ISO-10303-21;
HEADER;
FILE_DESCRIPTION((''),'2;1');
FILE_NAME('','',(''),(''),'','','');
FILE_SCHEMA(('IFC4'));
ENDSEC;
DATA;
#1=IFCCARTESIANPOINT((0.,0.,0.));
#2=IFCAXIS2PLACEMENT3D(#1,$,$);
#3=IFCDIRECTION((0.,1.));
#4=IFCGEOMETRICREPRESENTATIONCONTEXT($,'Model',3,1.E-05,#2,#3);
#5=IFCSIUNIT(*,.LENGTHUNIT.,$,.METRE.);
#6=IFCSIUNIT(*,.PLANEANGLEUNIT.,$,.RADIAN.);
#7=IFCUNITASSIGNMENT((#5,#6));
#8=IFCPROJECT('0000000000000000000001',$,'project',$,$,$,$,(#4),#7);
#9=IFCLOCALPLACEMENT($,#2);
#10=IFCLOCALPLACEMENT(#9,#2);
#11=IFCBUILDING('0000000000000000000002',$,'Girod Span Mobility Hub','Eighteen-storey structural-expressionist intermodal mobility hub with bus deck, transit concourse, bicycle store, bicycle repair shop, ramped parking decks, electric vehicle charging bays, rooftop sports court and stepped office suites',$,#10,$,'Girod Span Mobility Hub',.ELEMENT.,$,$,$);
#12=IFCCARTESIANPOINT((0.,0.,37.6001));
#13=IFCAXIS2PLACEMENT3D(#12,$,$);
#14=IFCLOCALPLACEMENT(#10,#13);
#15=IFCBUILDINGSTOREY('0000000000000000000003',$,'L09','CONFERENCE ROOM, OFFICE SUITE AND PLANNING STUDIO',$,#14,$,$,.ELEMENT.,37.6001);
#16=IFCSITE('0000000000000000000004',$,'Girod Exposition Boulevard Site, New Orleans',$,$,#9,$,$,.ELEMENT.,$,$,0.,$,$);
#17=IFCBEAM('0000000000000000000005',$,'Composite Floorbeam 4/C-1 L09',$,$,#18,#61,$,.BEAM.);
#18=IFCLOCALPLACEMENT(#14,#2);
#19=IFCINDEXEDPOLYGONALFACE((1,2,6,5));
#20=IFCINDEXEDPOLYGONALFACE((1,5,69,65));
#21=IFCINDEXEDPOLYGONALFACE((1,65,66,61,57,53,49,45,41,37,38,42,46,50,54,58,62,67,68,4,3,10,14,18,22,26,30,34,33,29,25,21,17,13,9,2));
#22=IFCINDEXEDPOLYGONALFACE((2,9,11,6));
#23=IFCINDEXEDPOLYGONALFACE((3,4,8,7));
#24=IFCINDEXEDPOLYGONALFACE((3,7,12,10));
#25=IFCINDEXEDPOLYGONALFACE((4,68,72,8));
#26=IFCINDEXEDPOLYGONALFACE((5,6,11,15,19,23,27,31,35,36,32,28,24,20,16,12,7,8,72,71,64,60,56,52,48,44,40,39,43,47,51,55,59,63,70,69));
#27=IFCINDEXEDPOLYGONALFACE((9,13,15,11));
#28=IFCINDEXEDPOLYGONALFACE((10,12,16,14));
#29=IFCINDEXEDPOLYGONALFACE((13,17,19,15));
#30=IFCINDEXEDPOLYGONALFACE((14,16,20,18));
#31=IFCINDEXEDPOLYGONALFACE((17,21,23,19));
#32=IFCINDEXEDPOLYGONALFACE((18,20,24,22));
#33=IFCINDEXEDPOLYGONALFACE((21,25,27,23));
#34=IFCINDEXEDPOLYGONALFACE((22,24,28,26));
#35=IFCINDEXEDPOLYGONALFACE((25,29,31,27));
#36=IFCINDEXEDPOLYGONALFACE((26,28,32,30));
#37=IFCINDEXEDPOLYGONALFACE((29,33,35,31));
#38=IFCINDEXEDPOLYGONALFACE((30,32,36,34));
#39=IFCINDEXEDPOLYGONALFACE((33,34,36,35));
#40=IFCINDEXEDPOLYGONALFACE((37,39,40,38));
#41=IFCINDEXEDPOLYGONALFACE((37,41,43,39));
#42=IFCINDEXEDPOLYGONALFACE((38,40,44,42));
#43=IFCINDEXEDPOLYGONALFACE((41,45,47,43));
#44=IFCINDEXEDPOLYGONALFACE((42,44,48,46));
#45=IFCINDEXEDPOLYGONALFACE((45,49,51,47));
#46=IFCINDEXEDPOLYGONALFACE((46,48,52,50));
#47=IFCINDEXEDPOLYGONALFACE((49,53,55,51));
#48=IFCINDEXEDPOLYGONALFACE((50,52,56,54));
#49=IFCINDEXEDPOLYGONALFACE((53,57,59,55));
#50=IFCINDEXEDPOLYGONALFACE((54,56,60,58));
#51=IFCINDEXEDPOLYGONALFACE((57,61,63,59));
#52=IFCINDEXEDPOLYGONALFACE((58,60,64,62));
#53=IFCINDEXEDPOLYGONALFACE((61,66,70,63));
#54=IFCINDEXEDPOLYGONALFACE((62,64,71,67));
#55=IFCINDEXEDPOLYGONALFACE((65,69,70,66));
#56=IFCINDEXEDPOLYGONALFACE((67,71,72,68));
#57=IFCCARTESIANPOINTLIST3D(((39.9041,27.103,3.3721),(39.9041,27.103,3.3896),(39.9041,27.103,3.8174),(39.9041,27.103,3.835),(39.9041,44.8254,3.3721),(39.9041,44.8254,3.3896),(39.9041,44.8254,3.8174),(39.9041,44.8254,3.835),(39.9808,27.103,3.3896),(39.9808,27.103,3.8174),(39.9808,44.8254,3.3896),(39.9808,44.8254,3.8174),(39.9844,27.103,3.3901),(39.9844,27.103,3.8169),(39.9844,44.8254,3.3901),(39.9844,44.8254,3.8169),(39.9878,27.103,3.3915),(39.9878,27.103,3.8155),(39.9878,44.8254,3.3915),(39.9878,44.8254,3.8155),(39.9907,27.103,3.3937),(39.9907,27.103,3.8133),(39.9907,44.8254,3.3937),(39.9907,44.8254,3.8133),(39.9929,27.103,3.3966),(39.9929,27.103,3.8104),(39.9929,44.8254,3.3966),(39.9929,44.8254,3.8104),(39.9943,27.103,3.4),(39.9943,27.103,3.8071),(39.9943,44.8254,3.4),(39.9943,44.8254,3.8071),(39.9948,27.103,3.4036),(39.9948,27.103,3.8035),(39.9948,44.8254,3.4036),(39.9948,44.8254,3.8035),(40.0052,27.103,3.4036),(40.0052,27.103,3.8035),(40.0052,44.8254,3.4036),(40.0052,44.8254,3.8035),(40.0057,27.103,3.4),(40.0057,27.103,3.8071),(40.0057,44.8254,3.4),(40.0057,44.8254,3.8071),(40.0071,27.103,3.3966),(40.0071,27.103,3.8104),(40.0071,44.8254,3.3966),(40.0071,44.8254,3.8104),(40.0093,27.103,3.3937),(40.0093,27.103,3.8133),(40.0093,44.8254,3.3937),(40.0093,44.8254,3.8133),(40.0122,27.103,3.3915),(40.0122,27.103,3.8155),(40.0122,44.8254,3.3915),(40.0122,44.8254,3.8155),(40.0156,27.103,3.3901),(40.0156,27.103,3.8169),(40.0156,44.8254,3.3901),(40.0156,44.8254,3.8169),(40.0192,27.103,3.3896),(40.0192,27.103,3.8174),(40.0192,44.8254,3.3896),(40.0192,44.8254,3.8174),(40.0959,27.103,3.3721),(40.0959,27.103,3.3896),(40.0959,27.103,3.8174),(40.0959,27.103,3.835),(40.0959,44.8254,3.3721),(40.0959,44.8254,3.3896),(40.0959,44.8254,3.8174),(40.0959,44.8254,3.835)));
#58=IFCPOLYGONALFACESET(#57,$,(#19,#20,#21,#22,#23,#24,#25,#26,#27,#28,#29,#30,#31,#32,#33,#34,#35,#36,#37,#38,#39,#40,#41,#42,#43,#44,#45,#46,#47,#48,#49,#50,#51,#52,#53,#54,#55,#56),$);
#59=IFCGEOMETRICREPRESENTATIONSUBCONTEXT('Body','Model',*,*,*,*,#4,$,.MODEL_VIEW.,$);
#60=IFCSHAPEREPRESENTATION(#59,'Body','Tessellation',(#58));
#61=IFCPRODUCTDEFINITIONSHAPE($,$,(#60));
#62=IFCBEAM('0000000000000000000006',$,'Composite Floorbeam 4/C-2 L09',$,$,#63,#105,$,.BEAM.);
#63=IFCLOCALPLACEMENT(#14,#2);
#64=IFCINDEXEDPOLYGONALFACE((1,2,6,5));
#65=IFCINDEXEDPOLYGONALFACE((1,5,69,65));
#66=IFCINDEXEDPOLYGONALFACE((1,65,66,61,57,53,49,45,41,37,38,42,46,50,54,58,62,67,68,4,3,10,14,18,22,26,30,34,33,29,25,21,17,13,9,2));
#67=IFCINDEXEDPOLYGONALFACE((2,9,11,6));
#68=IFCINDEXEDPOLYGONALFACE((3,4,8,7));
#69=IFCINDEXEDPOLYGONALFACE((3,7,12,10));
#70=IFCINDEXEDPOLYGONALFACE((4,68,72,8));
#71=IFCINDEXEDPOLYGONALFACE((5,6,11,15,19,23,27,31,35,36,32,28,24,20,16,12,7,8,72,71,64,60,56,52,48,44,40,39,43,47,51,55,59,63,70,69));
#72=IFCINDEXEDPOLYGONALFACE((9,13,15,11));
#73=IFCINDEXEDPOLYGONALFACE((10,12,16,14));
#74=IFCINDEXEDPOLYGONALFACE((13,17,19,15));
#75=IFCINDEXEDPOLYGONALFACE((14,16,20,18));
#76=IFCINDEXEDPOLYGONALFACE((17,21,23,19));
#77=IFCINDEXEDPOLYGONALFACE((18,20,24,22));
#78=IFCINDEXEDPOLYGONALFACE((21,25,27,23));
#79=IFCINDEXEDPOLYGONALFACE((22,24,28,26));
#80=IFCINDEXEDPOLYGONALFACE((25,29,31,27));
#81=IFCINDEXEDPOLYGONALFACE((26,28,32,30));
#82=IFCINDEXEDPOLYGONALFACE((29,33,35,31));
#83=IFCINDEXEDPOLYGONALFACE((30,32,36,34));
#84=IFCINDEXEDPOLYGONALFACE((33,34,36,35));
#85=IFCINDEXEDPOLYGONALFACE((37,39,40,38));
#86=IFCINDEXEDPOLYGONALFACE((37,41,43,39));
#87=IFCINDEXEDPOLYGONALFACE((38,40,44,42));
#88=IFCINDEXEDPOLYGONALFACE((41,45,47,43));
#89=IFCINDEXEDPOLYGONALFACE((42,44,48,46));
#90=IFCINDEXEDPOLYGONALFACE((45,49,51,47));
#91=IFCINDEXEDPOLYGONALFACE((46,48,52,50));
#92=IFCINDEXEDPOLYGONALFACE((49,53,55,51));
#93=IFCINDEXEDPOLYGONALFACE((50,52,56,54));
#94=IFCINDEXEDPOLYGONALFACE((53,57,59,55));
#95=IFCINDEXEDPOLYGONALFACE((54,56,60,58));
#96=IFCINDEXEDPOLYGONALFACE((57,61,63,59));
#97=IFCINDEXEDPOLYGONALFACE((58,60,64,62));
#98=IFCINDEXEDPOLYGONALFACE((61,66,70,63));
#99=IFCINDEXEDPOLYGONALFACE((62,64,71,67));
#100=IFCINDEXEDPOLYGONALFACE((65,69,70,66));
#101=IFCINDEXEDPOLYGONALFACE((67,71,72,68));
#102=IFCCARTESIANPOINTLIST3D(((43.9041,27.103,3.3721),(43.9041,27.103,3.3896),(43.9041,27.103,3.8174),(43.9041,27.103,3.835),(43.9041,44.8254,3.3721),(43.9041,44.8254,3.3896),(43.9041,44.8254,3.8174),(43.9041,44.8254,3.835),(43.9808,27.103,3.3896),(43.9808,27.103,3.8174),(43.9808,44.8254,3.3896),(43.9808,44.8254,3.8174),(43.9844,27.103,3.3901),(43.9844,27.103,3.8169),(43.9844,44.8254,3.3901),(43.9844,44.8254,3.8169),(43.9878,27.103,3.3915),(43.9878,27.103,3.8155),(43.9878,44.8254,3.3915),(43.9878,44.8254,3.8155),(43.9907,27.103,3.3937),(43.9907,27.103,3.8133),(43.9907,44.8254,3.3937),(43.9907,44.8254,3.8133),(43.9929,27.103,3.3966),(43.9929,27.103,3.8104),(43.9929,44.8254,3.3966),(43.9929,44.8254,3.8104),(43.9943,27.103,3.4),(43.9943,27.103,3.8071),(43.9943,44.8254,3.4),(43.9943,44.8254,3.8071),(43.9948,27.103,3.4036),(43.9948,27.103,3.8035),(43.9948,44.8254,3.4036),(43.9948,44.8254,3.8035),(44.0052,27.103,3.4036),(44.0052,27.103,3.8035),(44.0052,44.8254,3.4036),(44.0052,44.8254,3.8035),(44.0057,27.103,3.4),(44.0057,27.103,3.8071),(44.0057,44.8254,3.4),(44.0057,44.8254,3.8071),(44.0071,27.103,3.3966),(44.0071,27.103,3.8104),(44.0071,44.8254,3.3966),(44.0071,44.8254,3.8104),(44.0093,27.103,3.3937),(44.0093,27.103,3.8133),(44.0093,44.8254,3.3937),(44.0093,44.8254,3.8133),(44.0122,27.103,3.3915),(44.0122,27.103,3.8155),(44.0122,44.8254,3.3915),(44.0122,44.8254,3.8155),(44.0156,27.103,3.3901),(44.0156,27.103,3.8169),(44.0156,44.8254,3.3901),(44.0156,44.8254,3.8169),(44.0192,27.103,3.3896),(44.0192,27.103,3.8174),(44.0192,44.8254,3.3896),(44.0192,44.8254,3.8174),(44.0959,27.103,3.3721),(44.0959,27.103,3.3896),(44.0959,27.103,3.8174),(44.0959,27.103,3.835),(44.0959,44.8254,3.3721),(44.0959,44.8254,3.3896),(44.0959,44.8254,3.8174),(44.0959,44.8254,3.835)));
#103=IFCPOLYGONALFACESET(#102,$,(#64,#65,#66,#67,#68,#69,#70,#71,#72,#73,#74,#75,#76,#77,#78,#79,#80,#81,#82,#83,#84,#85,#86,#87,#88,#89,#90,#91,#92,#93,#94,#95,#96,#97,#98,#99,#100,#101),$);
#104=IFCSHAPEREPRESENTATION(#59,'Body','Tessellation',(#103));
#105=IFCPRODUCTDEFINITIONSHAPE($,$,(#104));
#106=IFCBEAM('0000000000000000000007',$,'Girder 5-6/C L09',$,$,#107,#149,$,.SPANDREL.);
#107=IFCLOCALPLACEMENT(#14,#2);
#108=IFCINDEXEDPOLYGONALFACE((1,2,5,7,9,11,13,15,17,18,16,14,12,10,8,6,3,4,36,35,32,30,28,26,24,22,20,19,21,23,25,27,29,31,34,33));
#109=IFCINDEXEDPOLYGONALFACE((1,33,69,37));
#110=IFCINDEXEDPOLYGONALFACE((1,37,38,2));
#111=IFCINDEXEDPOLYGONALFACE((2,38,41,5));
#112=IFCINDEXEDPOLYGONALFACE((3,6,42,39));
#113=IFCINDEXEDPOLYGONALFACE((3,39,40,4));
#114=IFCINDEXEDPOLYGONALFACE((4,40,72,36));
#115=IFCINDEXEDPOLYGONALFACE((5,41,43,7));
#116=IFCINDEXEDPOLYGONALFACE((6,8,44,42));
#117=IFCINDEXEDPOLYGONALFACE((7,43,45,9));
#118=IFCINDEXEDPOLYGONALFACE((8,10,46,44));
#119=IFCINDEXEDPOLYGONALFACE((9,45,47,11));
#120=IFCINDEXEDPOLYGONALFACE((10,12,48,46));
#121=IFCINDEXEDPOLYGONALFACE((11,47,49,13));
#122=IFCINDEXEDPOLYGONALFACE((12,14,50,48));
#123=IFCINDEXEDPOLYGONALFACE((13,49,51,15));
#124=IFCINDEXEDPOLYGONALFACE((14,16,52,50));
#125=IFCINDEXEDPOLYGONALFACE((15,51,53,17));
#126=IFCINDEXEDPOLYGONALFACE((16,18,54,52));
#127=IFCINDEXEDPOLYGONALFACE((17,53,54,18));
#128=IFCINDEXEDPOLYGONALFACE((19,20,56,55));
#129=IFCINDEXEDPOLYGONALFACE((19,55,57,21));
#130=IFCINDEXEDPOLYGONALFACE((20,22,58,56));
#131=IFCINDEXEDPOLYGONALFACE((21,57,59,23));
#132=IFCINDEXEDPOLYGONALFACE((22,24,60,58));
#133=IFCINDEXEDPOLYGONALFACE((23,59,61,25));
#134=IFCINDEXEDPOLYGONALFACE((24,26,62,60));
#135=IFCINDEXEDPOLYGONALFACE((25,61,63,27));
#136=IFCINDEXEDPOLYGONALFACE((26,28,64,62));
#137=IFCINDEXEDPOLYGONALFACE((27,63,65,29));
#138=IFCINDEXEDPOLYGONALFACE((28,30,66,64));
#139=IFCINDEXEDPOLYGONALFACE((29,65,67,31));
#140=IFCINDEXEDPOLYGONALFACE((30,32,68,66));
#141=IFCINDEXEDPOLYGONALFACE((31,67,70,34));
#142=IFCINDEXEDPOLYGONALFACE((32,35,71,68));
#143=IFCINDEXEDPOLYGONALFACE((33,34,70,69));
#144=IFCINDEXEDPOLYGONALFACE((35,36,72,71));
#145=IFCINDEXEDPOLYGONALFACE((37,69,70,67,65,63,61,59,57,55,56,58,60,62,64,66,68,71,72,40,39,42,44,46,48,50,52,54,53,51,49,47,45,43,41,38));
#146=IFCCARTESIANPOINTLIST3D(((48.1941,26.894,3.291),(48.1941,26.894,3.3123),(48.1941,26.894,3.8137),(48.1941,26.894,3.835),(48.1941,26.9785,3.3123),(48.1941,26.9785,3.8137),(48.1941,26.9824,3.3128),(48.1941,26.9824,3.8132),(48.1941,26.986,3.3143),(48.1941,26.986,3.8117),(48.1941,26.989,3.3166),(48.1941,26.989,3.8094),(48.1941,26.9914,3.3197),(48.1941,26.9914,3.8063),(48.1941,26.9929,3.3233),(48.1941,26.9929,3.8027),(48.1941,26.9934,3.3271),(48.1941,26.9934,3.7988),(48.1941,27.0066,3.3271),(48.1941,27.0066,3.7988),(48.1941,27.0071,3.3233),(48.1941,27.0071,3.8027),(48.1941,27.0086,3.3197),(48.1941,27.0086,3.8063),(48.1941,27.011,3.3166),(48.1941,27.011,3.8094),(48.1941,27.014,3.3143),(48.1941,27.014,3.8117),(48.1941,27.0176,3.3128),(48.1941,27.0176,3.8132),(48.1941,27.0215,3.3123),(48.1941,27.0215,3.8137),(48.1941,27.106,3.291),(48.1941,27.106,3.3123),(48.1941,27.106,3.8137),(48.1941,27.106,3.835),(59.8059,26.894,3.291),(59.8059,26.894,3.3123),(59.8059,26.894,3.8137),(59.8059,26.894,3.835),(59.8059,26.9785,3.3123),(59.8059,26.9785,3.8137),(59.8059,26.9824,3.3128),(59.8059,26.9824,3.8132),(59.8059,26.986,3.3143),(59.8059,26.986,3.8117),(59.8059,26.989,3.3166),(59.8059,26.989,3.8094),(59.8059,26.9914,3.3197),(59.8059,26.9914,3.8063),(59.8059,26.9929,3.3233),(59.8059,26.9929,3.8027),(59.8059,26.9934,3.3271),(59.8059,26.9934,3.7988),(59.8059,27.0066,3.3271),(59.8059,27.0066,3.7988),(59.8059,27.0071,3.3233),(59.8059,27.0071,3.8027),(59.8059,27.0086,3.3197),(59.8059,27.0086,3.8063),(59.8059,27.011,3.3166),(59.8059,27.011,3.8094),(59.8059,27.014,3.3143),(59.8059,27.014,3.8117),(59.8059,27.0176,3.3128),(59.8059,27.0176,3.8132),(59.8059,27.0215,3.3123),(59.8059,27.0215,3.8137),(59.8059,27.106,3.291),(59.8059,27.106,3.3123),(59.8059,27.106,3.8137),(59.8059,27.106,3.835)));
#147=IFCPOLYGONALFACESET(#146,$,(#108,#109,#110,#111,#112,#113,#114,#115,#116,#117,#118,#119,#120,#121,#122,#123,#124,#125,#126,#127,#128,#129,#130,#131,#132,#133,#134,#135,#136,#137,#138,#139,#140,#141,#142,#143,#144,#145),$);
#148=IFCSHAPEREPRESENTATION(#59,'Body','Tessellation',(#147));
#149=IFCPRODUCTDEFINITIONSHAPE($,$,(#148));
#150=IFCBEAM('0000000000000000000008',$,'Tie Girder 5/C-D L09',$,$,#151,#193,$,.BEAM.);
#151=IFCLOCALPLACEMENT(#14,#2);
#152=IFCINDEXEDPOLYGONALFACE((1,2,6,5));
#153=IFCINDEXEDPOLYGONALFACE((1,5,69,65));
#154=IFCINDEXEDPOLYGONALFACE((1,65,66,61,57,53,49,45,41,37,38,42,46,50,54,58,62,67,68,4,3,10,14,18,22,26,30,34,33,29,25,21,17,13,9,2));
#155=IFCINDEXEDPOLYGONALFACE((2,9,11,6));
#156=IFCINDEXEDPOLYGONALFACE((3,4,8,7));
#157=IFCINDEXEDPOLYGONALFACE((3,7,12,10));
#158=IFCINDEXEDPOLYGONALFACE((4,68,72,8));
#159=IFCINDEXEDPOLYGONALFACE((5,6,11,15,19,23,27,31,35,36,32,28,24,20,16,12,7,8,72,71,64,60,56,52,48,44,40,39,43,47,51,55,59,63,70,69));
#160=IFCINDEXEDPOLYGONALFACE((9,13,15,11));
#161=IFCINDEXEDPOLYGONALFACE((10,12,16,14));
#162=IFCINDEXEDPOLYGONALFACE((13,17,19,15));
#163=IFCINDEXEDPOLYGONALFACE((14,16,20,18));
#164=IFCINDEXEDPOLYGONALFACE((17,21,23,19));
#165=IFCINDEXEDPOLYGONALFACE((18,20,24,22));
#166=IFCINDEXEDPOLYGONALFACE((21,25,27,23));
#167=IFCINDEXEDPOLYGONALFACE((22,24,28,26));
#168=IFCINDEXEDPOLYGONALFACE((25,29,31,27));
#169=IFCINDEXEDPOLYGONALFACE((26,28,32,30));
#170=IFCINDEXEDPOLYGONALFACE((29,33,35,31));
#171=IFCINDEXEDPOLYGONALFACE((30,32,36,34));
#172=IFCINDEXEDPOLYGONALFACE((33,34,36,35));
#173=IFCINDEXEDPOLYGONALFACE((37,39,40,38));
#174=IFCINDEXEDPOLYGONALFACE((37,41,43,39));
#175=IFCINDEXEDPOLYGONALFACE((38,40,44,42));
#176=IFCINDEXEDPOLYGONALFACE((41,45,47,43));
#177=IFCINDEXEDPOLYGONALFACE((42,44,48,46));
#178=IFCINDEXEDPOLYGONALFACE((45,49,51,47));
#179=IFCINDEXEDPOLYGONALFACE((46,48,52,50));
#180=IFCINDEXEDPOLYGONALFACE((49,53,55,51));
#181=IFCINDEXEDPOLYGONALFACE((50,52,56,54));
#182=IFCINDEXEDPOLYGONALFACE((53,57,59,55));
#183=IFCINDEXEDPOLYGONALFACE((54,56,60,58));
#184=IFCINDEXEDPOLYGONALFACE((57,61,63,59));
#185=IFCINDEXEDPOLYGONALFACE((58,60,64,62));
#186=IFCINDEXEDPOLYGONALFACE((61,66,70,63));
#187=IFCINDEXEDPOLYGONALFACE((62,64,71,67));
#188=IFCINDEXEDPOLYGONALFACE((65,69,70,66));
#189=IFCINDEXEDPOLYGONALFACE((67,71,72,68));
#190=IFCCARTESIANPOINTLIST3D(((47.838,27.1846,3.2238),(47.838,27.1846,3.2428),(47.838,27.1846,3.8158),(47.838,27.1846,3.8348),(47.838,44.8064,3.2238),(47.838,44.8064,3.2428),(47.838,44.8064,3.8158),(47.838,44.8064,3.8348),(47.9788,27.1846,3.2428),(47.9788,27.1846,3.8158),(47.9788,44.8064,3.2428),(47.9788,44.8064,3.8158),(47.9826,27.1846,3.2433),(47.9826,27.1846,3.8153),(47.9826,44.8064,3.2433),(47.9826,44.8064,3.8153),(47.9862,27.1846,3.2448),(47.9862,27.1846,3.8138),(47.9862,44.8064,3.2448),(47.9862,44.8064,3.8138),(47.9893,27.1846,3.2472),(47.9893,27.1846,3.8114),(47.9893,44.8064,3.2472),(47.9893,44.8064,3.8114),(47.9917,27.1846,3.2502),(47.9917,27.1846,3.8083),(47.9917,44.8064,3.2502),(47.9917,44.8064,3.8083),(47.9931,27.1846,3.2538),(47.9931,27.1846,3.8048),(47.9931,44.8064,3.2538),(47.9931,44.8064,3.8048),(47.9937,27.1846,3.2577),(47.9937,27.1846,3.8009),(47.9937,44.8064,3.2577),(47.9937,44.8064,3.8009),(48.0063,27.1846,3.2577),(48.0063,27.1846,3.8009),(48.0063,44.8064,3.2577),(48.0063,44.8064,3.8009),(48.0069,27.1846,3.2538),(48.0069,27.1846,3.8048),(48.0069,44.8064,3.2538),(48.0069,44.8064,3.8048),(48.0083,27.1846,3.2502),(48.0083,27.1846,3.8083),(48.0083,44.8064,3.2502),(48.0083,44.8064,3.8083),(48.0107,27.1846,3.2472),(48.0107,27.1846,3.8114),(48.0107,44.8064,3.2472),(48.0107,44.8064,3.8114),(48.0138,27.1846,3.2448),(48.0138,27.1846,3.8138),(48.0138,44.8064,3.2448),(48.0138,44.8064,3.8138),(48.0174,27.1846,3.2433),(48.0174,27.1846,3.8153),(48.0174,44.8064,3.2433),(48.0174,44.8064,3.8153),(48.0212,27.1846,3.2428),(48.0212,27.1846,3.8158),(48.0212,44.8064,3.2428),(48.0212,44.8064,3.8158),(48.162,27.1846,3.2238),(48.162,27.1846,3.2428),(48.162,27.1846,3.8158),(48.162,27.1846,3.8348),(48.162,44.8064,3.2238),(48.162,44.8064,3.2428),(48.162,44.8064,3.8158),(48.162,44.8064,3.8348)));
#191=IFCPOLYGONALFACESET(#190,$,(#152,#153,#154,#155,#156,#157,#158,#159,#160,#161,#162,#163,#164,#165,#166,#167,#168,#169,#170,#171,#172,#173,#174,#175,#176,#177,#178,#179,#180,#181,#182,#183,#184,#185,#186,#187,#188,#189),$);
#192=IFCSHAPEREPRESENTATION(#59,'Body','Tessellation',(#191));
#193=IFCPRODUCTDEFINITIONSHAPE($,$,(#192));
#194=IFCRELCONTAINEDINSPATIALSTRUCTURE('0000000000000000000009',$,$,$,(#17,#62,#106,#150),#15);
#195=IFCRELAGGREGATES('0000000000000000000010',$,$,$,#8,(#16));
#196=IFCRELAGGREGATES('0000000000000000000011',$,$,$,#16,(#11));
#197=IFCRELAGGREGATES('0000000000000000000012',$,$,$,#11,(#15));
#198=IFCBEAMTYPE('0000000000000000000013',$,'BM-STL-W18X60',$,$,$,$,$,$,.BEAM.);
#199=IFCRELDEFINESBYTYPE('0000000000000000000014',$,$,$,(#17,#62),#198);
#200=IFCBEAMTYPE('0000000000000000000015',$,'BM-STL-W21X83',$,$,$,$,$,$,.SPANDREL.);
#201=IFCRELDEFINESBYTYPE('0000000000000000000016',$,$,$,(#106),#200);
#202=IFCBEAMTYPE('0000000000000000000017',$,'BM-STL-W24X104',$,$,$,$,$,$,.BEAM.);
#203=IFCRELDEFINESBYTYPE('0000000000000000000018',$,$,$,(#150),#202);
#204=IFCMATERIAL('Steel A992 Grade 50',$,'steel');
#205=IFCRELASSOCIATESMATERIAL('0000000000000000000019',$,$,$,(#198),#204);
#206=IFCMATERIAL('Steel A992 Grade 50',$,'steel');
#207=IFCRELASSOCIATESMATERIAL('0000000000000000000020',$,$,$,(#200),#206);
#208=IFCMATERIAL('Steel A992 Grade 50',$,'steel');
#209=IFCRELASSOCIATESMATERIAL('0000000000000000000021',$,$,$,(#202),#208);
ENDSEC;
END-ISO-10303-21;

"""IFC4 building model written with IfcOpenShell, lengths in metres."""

from ifc_helpers import new_model, si_unit, direction, frame, origin, origin_2d, place, context, subcontext, project, spatial, i_section, extrude, material, material_profile, profile_set, type_object, element, save


model = new_model("IFC4")

# Units and contexts
model_context = context("Model", 3, precision=1e-05, world=origin(), true_north=direction((0.0, 1.0)))
body_context = subcontext(model_context, "Body", "Model", "MODEL_VIEW")
ifc_project = project(units=[si_unit("LENGTHUNIT", "METRE"), si_unit("PLANEANGLEUNIT", "RADIAN")], contexts=[model_context])

# Site, building, storey
site_placement = place(None, origin())
site = spatial("IfcSite", under=ifc_project, at=site_placement, Name="Girod Exposition Boulevard Site, New Orleans", CompositionType="ELEMENT", RefElevation=0.0)
building_placement = place(site_placement, origin())
building = spatial("IfcBuilding", under=site, at=building_placement, Name="Girod Span Mobility Hub", Description="Eighteen-storey structural-expressionist intermodal mobility hub with bus deck, transit concourse, bicycle store, bicycle repair shop, ramped parking decks, electric vehicle charging bays, rooftop sports court and stepped office suites", LongName="Girod Span Mobility Hub", CompositionType="ELEMENT")
storey_placement = place(building_placement, frame((0.0, 0.0, 37.6001)))
storey = spatial("IfcBuildingStorey", under=building, at=storey_placement, Name="L09", Description="CONFERENCE ROOM, OFFICE SUITE AND PLANNING STUDIO", CompositionType="ELEMENT", Elevation=37.6001)

# Beams
ifc_material_1 = material(Name="Steel A992 Grade 50", Category="steel")
ifc_material_profile_1 = material_profile(ifc_material_1, i_section(OverallWidth=0.1919, OverallDepth=0.4629, WebThickness=0.0105, FlangeThickness=0.0176, FilletRadius=0.0139, at=origin_2d()), Name="W18X60")
ifc_profile_set_1 = profile_set([ifc_material_profile_1], Name="Steel A992 Grade 50")
beam_type_1 = type_object("IfcBeamType", Name="BM-STL-W18X60", PredefinedType="BEAM", material=ifc_profile_set_1)
for number, where, z_axis, x_axis, name in (
    (1, (40.0, 27.103, 3.6035), (0.0, 1.0, 0.0), (-1.0, 0.0, 0.0), "Composite Floorbeam 4/C-1 L09"),
    (2, (44.0, 27.103, 3.6035), (0.0, 1.0, 0.0), (-1.0, 0.0, 0.0), "Composite Floorbeam 4/C-2 L09"),
):
    element("IfcBeam", number, at=place(storey_placement, frame(where, z_axis=z_axis, x_axis=x_axis)), inside=storey, type_object=beam_type_1, Name=name, PredefinedType="BEAM", context=body_context, shape_type="SweptSolid", body=[
        extrude(i_section(OverallWidth=0.1919, OverallDepth=0.4629, WebThickness=0.0105, FlangeThickness=0.0176, FilletRadius=0.0139, at=origin_2d()), origin(), (0.0, 0.0, 1.0), 17.7224),
    ])
ifc_material_2 = material(Name="Steel A992 Grade 50", Category="steel")
ifc_material_profile_2 = material_profile(ifc_material_2, i_section(OverallWidth=0.2119, OverallDepth=0.5439, WebThickness=0.0132, FlangeThickness=0.0212, FilletRadius=0.0149, at=origin_2d()), Name="W21X83")
ifc_profile_set_2 = profile_set([ifc_material_profile_2], Name="Steel A992 Grade 50")
beam_type_2 = type_object("IfcBeamType", Name="BM-STL-W21X83", PredefinedType="SPANDREL", material=ifc_profile_set_2)
beam_1_placement = place(storey_placement, frame((48.1941, 27.0, 3.563), z_axis=(1.0, 0.0, 0.0), x_axis=(0.0, 1.0, 0.0)))
element("IfcBeam", 3, at=beam_1_placement, inside=storey, type_object=beam_type_2, Name="Girder 5-6/C L09", PredefinedType="SPANDREL", context=body_context, shape_type="SweptSolid", body=[
    extrude(i_section(OverallWidth=0.2119, OverallDepth=0.5439, WebThickness=0.0132, FlangeThickness=0.0212, FilletRadius=0.0149, at=origin_2d()), origin(), (0.0, 0.0, 1.0), 11.6118),
])
ifc_material_3 = material(Name="Steel A992 Grade 50", Category="steel")
ifc_material_profile_3 = material_profile(ifc_material_3, i_section(OverallWidth=0.324, OverallDepth=0.6111, WebThickness=0.0127, FlangeThickness=0.019, FilletRadius=0.0149, at=origin_2d()), Name="W24X104")
ifc_profile_set_3 = profile_set([ifc_material_profile_3], Name="Steel A992 Grade 50")
beam_type_3 = type_object("IfcBeamType", Name="BM-STL-W24X104", PredefinedType="BEAM", material=ifc_profile_set_3)
beam_2_placement = place(storey_placement, frame((48.0, 27.1846, 3.5293), z_axis=(0.0, 1.0, 0.0), x_axis=(-1.0, 0.0, 0.0)))
element("IfcBeam", 4, at=beam_2_placement, inside=storey, type_object=beam_type_3, Name="Tie Girder 5/C-D L09", PredefinedType="BEAM", context=body_context, shape_type="SweptSolid", body=[
    extrude(i_section(OverallWidth=0.324, OverallDepth=0.6111, WebThickness=0.0127, FlangeThickness=0.019, FilletRadius=0.0149, at=origin_2d()), origin(), (0.0, 0.0, 1.0), 17.6218),
])

save(model, "model.ifc")
